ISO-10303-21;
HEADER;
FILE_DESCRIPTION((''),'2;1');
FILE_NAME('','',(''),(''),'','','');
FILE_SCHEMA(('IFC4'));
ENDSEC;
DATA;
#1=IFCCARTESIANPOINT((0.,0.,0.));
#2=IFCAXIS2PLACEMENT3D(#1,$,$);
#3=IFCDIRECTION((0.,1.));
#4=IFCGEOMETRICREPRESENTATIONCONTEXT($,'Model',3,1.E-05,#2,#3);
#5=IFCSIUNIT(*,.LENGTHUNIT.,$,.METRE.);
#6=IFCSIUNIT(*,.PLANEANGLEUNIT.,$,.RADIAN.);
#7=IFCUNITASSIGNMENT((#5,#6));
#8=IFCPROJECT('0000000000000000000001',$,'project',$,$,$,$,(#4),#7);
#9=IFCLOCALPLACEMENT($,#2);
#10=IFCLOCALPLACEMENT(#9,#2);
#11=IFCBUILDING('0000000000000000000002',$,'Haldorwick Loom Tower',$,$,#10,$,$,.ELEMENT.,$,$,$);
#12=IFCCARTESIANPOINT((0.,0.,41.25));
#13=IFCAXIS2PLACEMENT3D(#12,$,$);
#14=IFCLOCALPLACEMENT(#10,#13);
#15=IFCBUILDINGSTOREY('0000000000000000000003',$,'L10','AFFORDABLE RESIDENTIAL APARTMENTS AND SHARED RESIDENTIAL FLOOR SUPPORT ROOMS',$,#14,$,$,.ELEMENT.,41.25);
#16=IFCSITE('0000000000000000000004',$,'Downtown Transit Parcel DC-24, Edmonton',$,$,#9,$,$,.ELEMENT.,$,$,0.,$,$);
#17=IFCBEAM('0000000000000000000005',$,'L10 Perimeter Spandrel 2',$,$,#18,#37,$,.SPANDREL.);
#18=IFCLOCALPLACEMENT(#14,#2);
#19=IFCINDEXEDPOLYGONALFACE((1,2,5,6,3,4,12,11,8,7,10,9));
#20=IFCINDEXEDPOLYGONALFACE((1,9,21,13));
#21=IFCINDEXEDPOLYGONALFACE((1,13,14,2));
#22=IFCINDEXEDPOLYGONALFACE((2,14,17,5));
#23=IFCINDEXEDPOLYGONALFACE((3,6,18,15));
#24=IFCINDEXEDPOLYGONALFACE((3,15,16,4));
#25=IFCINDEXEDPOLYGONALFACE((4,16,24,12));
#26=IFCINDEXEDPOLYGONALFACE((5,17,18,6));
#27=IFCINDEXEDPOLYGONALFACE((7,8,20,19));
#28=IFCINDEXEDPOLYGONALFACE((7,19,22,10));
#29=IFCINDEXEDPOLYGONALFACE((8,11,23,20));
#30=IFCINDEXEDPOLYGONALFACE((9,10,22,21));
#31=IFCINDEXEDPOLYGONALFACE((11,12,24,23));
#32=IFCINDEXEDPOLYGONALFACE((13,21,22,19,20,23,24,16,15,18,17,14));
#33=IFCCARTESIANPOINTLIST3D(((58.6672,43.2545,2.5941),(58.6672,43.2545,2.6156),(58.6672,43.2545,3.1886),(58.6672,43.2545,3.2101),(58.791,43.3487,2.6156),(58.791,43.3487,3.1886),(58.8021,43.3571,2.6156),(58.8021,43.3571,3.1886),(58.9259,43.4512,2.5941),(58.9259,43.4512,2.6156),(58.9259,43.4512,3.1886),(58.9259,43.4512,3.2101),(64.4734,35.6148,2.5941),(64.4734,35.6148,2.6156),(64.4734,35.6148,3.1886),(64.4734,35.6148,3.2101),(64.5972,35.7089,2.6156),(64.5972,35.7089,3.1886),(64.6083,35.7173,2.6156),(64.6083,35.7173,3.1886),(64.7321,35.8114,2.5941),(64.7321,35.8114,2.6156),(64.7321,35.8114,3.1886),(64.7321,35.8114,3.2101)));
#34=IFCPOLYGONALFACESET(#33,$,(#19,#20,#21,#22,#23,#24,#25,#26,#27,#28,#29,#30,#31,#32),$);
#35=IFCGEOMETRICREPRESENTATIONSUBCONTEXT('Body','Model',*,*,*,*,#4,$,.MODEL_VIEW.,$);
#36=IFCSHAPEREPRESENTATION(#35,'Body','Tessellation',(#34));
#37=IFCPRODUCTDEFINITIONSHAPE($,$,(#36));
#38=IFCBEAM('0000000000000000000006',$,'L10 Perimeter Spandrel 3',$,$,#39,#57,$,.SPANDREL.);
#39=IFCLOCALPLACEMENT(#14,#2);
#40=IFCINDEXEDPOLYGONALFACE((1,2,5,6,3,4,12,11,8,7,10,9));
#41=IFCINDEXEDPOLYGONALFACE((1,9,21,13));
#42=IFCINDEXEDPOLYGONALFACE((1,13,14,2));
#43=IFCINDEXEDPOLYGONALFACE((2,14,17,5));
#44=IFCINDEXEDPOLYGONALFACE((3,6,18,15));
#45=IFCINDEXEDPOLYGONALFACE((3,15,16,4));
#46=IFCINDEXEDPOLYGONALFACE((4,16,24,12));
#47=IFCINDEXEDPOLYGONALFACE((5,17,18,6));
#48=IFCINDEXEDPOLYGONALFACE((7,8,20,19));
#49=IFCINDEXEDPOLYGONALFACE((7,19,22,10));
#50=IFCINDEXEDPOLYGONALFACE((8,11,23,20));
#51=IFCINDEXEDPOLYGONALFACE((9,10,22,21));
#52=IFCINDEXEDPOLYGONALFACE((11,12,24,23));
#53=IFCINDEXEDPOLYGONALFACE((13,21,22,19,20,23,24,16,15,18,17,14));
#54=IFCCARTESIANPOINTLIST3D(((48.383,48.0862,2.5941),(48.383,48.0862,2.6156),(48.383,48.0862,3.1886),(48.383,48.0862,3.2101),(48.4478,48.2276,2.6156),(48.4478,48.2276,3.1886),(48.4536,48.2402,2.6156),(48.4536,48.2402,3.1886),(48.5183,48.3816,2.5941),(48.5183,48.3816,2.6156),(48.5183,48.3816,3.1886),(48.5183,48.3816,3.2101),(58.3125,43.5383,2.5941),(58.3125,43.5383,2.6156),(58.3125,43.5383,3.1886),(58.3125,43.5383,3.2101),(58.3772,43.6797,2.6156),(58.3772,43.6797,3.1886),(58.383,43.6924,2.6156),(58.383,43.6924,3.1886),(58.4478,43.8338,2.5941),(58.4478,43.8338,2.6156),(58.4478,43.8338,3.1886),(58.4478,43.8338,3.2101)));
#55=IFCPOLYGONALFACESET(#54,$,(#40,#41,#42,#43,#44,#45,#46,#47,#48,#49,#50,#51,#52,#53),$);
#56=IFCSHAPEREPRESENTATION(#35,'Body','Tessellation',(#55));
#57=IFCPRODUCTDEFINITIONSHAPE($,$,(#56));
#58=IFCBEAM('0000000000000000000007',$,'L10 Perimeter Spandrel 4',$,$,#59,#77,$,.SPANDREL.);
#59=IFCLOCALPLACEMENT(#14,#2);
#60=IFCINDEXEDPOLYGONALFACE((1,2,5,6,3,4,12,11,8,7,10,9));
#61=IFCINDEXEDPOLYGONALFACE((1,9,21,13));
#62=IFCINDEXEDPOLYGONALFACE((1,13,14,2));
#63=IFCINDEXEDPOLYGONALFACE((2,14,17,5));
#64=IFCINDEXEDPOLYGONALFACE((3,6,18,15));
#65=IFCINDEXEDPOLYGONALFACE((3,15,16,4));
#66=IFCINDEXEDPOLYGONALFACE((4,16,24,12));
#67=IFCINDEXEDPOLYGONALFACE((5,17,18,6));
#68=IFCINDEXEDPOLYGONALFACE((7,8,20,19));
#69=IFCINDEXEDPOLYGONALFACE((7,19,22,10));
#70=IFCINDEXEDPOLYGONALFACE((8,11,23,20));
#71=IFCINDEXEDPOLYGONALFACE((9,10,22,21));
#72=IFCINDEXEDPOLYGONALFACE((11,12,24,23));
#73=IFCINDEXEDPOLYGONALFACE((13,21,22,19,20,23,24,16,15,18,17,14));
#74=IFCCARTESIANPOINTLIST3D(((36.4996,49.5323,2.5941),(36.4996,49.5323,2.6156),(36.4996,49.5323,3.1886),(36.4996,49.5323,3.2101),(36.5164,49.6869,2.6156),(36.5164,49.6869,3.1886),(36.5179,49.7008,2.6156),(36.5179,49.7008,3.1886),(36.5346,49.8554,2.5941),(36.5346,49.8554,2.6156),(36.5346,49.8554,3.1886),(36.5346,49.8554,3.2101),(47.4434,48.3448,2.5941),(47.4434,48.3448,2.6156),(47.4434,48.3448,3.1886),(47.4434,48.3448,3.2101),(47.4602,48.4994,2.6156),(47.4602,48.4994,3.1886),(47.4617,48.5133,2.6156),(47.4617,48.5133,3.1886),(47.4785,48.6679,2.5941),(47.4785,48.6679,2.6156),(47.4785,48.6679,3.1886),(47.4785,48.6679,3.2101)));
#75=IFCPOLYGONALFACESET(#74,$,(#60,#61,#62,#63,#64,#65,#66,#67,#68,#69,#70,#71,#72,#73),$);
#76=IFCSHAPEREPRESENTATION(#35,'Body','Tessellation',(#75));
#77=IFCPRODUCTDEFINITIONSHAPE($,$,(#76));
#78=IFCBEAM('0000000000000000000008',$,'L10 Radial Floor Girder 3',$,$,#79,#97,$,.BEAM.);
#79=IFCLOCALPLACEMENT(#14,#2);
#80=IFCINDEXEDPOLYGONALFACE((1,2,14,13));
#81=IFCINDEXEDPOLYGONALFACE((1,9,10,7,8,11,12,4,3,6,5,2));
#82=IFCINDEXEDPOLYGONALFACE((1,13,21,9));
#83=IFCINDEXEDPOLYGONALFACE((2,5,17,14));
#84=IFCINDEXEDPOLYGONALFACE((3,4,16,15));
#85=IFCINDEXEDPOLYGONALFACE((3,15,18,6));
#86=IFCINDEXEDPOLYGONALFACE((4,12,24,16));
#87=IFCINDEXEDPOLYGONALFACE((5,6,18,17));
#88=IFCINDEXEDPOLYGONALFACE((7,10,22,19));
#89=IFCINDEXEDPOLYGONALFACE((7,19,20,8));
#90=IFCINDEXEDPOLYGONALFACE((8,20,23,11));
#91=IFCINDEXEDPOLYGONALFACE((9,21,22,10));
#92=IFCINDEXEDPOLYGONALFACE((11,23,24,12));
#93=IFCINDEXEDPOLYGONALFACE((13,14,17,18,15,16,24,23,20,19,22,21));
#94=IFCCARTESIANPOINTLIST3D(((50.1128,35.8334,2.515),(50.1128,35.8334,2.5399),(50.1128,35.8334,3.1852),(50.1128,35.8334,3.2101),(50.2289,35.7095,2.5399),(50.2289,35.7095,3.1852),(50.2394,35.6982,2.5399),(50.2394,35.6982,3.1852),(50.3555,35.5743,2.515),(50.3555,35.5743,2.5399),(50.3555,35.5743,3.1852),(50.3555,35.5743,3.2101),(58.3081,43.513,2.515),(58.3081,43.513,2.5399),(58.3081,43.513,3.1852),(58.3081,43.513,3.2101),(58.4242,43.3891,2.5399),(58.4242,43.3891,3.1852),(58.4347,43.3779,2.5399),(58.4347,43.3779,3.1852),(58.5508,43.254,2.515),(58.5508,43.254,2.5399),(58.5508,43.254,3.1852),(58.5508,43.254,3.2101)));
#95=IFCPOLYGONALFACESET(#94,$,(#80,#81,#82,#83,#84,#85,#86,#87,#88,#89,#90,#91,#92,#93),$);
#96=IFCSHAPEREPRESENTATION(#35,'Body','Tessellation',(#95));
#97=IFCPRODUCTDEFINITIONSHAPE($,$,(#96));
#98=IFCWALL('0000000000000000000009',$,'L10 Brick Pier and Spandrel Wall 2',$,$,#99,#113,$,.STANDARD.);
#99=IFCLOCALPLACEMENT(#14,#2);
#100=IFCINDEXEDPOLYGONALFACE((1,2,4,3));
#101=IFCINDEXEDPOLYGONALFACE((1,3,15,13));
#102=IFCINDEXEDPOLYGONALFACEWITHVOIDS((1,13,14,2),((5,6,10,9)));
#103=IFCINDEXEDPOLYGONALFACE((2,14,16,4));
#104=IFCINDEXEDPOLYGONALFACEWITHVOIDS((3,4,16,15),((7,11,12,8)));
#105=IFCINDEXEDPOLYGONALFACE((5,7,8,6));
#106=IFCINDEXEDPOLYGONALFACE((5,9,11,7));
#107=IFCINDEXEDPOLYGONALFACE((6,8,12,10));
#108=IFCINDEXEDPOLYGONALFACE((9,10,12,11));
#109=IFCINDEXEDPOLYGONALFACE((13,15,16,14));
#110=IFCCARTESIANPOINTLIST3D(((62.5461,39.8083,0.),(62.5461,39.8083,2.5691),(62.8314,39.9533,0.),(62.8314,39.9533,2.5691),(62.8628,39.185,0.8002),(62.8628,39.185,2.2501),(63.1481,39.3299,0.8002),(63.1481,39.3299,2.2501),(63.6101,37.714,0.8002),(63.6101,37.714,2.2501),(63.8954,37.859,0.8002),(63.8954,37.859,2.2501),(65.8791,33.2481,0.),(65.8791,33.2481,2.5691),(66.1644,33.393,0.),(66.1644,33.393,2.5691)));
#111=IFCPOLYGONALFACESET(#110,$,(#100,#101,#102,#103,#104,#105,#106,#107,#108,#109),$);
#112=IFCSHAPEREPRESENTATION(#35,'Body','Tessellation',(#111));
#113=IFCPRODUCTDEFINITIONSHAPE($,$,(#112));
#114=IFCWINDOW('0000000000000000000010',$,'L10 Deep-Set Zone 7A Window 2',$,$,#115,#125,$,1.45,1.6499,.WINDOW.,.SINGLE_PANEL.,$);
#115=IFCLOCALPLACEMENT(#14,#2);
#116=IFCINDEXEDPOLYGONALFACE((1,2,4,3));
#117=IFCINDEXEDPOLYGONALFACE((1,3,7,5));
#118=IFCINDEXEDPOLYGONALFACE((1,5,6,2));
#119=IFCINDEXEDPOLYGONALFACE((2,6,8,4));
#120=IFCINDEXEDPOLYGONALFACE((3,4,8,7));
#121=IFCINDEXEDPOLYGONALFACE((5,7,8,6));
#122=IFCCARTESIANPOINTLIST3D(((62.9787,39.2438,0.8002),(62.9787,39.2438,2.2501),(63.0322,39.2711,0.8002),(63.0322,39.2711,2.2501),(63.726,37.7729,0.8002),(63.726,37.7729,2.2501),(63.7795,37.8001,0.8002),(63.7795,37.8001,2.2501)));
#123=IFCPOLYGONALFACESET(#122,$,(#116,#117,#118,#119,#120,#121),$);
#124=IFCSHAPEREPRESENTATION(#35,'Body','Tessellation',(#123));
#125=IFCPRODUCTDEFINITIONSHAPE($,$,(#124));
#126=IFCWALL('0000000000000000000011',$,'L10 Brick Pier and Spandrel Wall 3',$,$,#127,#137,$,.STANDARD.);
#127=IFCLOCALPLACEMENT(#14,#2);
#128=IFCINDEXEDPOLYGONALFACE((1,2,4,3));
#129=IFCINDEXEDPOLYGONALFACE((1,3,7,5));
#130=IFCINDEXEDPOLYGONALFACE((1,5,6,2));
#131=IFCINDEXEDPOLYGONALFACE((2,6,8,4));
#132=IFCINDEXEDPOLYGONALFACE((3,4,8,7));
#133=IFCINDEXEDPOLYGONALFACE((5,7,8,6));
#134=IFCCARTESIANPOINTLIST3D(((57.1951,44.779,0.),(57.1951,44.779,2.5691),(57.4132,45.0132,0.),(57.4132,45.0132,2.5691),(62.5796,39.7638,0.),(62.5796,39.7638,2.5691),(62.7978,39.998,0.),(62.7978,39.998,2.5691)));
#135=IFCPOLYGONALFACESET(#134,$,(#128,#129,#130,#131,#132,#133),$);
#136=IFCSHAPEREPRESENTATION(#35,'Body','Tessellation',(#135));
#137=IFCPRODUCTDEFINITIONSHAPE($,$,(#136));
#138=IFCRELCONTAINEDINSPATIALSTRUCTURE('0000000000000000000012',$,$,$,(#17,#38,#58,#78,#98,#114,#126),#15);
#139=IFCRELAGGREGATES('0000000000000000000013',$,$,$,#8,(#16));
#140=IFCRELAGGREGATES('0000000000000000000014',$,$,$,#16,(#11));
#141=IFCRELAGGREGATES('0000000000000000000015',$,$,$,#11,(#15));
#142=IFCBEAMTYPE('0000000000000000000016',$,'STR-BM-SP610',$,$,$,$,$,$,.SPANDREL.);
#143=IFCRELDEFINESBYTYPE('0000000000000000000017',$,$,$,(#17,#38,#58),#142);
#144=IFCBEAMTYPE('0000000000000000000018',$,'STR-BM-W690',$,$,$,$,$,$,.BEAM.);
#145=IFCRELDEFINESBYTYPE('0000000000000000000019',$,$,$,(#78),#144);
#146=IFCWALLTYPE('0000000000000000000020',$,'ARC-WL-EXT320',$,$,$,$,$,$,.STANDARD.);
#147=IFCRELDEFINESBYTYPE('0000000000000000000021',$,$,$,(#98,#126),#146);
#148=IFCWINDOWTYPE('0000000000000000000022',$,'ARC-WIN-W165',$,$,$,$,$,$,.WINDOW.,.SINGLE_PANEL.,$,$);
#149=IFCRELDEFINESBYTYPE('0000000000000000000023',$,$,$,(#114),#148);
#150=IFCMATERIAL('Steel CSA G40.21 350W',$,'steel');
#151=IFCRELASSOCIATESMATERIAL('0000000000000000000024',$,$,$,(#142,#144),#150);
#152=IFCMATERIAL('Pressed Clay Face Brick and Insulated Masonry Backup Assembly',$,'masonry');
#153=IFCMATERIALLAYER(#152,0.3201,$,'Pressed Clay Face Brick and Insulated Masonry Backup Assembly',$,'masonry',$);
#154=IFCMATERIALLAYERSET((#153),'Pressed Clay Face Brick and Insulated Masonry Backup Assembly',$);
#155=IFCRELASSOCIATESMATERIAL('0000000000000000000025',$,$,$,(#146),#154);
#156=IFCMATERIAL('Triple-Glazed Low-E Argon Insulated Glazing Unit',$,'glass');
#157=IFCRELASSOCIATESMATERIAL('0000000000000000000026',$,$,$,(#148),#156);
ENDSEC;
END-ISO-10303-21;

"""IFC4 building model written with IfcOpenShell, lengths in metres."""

from ifc_helpers import new_model, si_unit, direction, frame, frame_2d, origin, origin_2d, place, context, subcontext, project, spatial, rectangle, i_section, extrude, material, layer, layer_set, material_profile, profile_set, type_object, element, fill, save


model = new_model("IFC4")

# Units and contexts
model_context = context("Model", 3, precision=1e-05, world=origin(), true_north=direction((0.0, 1.0)))
body_context = subcontext(model_context, "Body", "Model", "MODEL_VIEW")
ifc_project = project(units=[si_unit("LENGTHUNIT", "METRE"), si_unit("PLANEANGLEUNIT", "RADIAN")], contexts=[model_context])

# Site, building, storey
site_placement = place(None, origin())
site = spatial("IfcSite", under=ifc_project, at=site_placement, Name="Downtown Transit Parcel DC-24, Edmonton", CompositionType="ELEMENT", RefElevation=0.0)
building_placement = place(site_placement, origin())
building = spatial("IfcBuilding", under=site, at=building_placement, Name="Haldorwick Loom Tower", CompositionType="ELEMENT")
storey_placement = place(building_placement, frame((0.0, 0.0, 41.25)))
storey = spatial("IfcBuildingStorey", under=building, at=storey_placement, Name="L10", Description="AFFORDABLE RESIDENTIAL APARTMENTS AND SHARED RESIDENTIAL FLOOR SUPPORT ROOMS", CompositionType="ELEMENT", Elevation=41.25)

# Beams
ifc_material_1 = material(Name="Steel CSA G40.21 350W", Category="steel")
ifc_material_profile_1 = material_profile(ifc_material_1, i_section(OverallWidth=0.325, OverallDepth=0.616, WebThickness=0.0139, FlangeThickness=0.0215, at=origin_2d()), Name="W610X174", Category="steel")
ifc_profile_set_1 = profile_set([ifc_material_profile_1], Name="Steel CSA G40.21 350W")
beam_type_1 = type_object("IfcBeamType", Name="STR-BM-SP610", PredefinedType="SPANDREL", material=ifc_profile_set_1)
beam_1_placement = place(storey_placement, frame((64.6028, 35.7131, 2.9021), z_axis=(-0.605085, 0.796161, 0.0), x_axis=(-0.796161, -0.605085, 0.0)))
element("IfcBeam", 1, at=beam_1_placement, inside=storey, type_object=beam_type_1, Name="L10 Perimeter Spandrel 2", PredefinedType="SPANDREL", context=body_context, shape_type="SweptSolid", body=[
    extrude(i_section(OverallWidth=0.325, OverallDepth=0.616, WebThickness=0.0139, FlangeThickness=0.0215, at=origin_2d()), origin(), (0.0, 0.0, 1.0), 9.5957),
])
beam_2_placement = place(storey_placement, frame((58.3801, 43.686, 2.9021), z_axis=(-0.909174, 0.416417, 0.0), x_axis=(-0.416417, -0.909174, 0.0)))
element("IfcBeam", 2, at=beam_2_placement, inside=storey, type_object=beam_type_1, Name="L10 Perimeter Spandrel 3", PredefinedType="SPANDREL", context=body_context, shape_type="SweptSolid", body=[
    extrude(i_section(OverallWidth=0.325, OverallDepth=0.616, WebThickness=0.0139, FlangeThickness=0.0215, at=origin_2d()), origin(), (0.0, 0.0, 1.0), 10.9214),
])
beam_3_placement = place(storey_placement, frame((47.4609, 48.5063, 2.9021), z_axis=(-0.994164, 0.107875, 0.0), x_axis=(-0.107875, -0.994164, 0.0)))
element("IfcBeam", 3, at=beam_3_placement, inside=storey, type_object=beam_type_1, Name="L10 Perimeter Spandrel 4", PredefinedType="SPANDREL", context=body_context, shape_type="SweptSolid", body=[
    extrude(i_section(OverallWidth=0.325, OverallDepth=0.616, WebThickness=0.0139, FlangeThickness=0.0215, at=origin_2d()), origin(), (0.0, 0.0, 1.0), 11.0081),
])
ifc_material_profile_2 = material_profile(ifc_material_1, i_section(OverallWidth=0.355, OverallDepth=0.6951, WebThickness=0.0154, FlangeThickness=0.0249, at=origin_2d()), Name="W690X217", Category="steel")
ifc_profile_set_2 = profile_set([ifc_material_profile_2], Name="Steel CSA G40.21 350W")
beam_type_2 = type_object("IfcBeamType", Name="STR-BM-W690", PredefinedType="BEAM", material=ifc_profile_set_2)
beam_4_placement = place(storey_placement, frame((50.2341, 35.7039, 2.8625), z_axis=(0.729689, 0.683779, 0.0), x_axis=(-0.683779, 0.729689, 0.0)))
element("IfcBeam", 4, at=beam_4_placement, inside=storey, type_object=beam_type_2, Name="L10 Radial Floor Girder 3", PredefinedType="BEAM", context=body_context, shape_type="SweptSolid", body=[
    extrude(i_section(OverallWidth=0.355, OverallDepth=0.6951, WebThickness=0.0154, FlangeThickness=0.0249, at=origin_2d()), origin(), (0.0, 0.0, 1.0), 11.2312),
])

# Wall, opening, window
ifc_material_2 = material(Name="Pressed Clay Face Brick and Insulated Masonry Backup Assembly", Category="masonry")
ifc_layer_1 = layer(ifc_material_2, 0.3201, Name="Pressed Clay Face Brick and Insulated Masonry Backup Assembly", Category="masonry")
ifc_layer_set_1 = layer_set([ifc_layer_1], Name="Pressed Clay Face Brick and Insulated Masonry Backup Assembly")
wall_type_1 = type_object("IfcWallType", Name="ARC-WL-EXT320", PredefinedType="STANDARD", material=ifc_layer_set_1)
wall_1_placement = place(storey_placement, frame((66.0217, 33.3206, 0.0), z_axis=(0.0, 0.0, 1.0), x_axis=(-0.452951, 0.891535, 0.0)))
wall_1 = element("IfcWall", 5, at=wall_1_placement, inside=storey, type_object=wall_type_1, Name="L10 Brick Pier and Spandrel Wall 2", PredefinedType="STANDARD", context=body_context, shape_type="SweptSolid", body=[
    extrude(rectangle(XDim=7.3584, YDim=0.3201, at=frame_2d((3.6792, 0.0))), origin(), (0.0, 0.0, 1.0), 2.5691),
])
opening_1_placement = place(wall_1_placement, frame((5.0093, 0.0, 0.8)))
opening_1 = element("IfcOpeningElement", 6, at=opening_1_placement, cuts=wall_1, PredefinedType="OPENING", context=body_context, shape_type="SweptSolid", body=[
    extrude(rectangle(XDim=1.6499, YDim=1.45, at=frame_2d((0.825, 0.7251))), frame((0.0, 0.1699, 0.0), z_axis=(0.0, -1.0, 0.0), x_axis=(1.0, 0.0, 0.0)), (0.0, 0.0, 1.0), 0.3401),
])
ifc_material_3 = material(Name="Triple-Glazed Low-E Argon Insulated Glazing Unit", Category="glass")
window_type = type_object("IfcWindowType", Name="ARC-WIN-W165", PartitioningType="SINGLE_PANEL", PredefinedType="WINDOW", material=ifc_material_3)
window_1_placement = place(opening_1_placement, origin())
window_1 = element("IfcWindow", 7, at=window_1_placement, inside=storey, type_object=window_type, Name="L10 Deep-Set Zone 7A Window 2", OverallHeight=1.45, OverallWidth=1.6499, PartitioningType="SINGLE_PANEL", PredefinedType="WINDOW", context=body_context, shape_type="SweptSolid", body=[
    extrude(rectangle(XDim=1.6499, YDim=1.45, at=frame_2d((0.825, 0.7251))), frame((0.0, 0.03, 0.0), z_axis=(0.0, -1.0, 0.0), x_axis=(1.0, 0.0, 0.0)), (0.0, 0.0, 1.0), 0.0601),
])
fill(opening_1, window_1)

# Wall
wall_2_placement = place(storey_placement, frame((62.6887, 39.8809, 0.0), z_axis=(0.0, 0.0, 1.0), x_axis=(-0.731761, 0.681561, 0.0)))
element("IfcWall", 8, at=wall_2_placement, inside=storey, type_object=wall_type_1, Name="L10 Brick Pier and Spandrel Wall 3", PredefinedType="STANDARD", context=body_context, shape_type="SweptSolid", body=[
    extrude(rectangle(XDim=7.3584, YDim=0.3201, at=frame_2d((3.6792, 0.0))), origin(), (0.0, 0.0, 1.0), 2.5691),
])

save(model, "model.ifc")
